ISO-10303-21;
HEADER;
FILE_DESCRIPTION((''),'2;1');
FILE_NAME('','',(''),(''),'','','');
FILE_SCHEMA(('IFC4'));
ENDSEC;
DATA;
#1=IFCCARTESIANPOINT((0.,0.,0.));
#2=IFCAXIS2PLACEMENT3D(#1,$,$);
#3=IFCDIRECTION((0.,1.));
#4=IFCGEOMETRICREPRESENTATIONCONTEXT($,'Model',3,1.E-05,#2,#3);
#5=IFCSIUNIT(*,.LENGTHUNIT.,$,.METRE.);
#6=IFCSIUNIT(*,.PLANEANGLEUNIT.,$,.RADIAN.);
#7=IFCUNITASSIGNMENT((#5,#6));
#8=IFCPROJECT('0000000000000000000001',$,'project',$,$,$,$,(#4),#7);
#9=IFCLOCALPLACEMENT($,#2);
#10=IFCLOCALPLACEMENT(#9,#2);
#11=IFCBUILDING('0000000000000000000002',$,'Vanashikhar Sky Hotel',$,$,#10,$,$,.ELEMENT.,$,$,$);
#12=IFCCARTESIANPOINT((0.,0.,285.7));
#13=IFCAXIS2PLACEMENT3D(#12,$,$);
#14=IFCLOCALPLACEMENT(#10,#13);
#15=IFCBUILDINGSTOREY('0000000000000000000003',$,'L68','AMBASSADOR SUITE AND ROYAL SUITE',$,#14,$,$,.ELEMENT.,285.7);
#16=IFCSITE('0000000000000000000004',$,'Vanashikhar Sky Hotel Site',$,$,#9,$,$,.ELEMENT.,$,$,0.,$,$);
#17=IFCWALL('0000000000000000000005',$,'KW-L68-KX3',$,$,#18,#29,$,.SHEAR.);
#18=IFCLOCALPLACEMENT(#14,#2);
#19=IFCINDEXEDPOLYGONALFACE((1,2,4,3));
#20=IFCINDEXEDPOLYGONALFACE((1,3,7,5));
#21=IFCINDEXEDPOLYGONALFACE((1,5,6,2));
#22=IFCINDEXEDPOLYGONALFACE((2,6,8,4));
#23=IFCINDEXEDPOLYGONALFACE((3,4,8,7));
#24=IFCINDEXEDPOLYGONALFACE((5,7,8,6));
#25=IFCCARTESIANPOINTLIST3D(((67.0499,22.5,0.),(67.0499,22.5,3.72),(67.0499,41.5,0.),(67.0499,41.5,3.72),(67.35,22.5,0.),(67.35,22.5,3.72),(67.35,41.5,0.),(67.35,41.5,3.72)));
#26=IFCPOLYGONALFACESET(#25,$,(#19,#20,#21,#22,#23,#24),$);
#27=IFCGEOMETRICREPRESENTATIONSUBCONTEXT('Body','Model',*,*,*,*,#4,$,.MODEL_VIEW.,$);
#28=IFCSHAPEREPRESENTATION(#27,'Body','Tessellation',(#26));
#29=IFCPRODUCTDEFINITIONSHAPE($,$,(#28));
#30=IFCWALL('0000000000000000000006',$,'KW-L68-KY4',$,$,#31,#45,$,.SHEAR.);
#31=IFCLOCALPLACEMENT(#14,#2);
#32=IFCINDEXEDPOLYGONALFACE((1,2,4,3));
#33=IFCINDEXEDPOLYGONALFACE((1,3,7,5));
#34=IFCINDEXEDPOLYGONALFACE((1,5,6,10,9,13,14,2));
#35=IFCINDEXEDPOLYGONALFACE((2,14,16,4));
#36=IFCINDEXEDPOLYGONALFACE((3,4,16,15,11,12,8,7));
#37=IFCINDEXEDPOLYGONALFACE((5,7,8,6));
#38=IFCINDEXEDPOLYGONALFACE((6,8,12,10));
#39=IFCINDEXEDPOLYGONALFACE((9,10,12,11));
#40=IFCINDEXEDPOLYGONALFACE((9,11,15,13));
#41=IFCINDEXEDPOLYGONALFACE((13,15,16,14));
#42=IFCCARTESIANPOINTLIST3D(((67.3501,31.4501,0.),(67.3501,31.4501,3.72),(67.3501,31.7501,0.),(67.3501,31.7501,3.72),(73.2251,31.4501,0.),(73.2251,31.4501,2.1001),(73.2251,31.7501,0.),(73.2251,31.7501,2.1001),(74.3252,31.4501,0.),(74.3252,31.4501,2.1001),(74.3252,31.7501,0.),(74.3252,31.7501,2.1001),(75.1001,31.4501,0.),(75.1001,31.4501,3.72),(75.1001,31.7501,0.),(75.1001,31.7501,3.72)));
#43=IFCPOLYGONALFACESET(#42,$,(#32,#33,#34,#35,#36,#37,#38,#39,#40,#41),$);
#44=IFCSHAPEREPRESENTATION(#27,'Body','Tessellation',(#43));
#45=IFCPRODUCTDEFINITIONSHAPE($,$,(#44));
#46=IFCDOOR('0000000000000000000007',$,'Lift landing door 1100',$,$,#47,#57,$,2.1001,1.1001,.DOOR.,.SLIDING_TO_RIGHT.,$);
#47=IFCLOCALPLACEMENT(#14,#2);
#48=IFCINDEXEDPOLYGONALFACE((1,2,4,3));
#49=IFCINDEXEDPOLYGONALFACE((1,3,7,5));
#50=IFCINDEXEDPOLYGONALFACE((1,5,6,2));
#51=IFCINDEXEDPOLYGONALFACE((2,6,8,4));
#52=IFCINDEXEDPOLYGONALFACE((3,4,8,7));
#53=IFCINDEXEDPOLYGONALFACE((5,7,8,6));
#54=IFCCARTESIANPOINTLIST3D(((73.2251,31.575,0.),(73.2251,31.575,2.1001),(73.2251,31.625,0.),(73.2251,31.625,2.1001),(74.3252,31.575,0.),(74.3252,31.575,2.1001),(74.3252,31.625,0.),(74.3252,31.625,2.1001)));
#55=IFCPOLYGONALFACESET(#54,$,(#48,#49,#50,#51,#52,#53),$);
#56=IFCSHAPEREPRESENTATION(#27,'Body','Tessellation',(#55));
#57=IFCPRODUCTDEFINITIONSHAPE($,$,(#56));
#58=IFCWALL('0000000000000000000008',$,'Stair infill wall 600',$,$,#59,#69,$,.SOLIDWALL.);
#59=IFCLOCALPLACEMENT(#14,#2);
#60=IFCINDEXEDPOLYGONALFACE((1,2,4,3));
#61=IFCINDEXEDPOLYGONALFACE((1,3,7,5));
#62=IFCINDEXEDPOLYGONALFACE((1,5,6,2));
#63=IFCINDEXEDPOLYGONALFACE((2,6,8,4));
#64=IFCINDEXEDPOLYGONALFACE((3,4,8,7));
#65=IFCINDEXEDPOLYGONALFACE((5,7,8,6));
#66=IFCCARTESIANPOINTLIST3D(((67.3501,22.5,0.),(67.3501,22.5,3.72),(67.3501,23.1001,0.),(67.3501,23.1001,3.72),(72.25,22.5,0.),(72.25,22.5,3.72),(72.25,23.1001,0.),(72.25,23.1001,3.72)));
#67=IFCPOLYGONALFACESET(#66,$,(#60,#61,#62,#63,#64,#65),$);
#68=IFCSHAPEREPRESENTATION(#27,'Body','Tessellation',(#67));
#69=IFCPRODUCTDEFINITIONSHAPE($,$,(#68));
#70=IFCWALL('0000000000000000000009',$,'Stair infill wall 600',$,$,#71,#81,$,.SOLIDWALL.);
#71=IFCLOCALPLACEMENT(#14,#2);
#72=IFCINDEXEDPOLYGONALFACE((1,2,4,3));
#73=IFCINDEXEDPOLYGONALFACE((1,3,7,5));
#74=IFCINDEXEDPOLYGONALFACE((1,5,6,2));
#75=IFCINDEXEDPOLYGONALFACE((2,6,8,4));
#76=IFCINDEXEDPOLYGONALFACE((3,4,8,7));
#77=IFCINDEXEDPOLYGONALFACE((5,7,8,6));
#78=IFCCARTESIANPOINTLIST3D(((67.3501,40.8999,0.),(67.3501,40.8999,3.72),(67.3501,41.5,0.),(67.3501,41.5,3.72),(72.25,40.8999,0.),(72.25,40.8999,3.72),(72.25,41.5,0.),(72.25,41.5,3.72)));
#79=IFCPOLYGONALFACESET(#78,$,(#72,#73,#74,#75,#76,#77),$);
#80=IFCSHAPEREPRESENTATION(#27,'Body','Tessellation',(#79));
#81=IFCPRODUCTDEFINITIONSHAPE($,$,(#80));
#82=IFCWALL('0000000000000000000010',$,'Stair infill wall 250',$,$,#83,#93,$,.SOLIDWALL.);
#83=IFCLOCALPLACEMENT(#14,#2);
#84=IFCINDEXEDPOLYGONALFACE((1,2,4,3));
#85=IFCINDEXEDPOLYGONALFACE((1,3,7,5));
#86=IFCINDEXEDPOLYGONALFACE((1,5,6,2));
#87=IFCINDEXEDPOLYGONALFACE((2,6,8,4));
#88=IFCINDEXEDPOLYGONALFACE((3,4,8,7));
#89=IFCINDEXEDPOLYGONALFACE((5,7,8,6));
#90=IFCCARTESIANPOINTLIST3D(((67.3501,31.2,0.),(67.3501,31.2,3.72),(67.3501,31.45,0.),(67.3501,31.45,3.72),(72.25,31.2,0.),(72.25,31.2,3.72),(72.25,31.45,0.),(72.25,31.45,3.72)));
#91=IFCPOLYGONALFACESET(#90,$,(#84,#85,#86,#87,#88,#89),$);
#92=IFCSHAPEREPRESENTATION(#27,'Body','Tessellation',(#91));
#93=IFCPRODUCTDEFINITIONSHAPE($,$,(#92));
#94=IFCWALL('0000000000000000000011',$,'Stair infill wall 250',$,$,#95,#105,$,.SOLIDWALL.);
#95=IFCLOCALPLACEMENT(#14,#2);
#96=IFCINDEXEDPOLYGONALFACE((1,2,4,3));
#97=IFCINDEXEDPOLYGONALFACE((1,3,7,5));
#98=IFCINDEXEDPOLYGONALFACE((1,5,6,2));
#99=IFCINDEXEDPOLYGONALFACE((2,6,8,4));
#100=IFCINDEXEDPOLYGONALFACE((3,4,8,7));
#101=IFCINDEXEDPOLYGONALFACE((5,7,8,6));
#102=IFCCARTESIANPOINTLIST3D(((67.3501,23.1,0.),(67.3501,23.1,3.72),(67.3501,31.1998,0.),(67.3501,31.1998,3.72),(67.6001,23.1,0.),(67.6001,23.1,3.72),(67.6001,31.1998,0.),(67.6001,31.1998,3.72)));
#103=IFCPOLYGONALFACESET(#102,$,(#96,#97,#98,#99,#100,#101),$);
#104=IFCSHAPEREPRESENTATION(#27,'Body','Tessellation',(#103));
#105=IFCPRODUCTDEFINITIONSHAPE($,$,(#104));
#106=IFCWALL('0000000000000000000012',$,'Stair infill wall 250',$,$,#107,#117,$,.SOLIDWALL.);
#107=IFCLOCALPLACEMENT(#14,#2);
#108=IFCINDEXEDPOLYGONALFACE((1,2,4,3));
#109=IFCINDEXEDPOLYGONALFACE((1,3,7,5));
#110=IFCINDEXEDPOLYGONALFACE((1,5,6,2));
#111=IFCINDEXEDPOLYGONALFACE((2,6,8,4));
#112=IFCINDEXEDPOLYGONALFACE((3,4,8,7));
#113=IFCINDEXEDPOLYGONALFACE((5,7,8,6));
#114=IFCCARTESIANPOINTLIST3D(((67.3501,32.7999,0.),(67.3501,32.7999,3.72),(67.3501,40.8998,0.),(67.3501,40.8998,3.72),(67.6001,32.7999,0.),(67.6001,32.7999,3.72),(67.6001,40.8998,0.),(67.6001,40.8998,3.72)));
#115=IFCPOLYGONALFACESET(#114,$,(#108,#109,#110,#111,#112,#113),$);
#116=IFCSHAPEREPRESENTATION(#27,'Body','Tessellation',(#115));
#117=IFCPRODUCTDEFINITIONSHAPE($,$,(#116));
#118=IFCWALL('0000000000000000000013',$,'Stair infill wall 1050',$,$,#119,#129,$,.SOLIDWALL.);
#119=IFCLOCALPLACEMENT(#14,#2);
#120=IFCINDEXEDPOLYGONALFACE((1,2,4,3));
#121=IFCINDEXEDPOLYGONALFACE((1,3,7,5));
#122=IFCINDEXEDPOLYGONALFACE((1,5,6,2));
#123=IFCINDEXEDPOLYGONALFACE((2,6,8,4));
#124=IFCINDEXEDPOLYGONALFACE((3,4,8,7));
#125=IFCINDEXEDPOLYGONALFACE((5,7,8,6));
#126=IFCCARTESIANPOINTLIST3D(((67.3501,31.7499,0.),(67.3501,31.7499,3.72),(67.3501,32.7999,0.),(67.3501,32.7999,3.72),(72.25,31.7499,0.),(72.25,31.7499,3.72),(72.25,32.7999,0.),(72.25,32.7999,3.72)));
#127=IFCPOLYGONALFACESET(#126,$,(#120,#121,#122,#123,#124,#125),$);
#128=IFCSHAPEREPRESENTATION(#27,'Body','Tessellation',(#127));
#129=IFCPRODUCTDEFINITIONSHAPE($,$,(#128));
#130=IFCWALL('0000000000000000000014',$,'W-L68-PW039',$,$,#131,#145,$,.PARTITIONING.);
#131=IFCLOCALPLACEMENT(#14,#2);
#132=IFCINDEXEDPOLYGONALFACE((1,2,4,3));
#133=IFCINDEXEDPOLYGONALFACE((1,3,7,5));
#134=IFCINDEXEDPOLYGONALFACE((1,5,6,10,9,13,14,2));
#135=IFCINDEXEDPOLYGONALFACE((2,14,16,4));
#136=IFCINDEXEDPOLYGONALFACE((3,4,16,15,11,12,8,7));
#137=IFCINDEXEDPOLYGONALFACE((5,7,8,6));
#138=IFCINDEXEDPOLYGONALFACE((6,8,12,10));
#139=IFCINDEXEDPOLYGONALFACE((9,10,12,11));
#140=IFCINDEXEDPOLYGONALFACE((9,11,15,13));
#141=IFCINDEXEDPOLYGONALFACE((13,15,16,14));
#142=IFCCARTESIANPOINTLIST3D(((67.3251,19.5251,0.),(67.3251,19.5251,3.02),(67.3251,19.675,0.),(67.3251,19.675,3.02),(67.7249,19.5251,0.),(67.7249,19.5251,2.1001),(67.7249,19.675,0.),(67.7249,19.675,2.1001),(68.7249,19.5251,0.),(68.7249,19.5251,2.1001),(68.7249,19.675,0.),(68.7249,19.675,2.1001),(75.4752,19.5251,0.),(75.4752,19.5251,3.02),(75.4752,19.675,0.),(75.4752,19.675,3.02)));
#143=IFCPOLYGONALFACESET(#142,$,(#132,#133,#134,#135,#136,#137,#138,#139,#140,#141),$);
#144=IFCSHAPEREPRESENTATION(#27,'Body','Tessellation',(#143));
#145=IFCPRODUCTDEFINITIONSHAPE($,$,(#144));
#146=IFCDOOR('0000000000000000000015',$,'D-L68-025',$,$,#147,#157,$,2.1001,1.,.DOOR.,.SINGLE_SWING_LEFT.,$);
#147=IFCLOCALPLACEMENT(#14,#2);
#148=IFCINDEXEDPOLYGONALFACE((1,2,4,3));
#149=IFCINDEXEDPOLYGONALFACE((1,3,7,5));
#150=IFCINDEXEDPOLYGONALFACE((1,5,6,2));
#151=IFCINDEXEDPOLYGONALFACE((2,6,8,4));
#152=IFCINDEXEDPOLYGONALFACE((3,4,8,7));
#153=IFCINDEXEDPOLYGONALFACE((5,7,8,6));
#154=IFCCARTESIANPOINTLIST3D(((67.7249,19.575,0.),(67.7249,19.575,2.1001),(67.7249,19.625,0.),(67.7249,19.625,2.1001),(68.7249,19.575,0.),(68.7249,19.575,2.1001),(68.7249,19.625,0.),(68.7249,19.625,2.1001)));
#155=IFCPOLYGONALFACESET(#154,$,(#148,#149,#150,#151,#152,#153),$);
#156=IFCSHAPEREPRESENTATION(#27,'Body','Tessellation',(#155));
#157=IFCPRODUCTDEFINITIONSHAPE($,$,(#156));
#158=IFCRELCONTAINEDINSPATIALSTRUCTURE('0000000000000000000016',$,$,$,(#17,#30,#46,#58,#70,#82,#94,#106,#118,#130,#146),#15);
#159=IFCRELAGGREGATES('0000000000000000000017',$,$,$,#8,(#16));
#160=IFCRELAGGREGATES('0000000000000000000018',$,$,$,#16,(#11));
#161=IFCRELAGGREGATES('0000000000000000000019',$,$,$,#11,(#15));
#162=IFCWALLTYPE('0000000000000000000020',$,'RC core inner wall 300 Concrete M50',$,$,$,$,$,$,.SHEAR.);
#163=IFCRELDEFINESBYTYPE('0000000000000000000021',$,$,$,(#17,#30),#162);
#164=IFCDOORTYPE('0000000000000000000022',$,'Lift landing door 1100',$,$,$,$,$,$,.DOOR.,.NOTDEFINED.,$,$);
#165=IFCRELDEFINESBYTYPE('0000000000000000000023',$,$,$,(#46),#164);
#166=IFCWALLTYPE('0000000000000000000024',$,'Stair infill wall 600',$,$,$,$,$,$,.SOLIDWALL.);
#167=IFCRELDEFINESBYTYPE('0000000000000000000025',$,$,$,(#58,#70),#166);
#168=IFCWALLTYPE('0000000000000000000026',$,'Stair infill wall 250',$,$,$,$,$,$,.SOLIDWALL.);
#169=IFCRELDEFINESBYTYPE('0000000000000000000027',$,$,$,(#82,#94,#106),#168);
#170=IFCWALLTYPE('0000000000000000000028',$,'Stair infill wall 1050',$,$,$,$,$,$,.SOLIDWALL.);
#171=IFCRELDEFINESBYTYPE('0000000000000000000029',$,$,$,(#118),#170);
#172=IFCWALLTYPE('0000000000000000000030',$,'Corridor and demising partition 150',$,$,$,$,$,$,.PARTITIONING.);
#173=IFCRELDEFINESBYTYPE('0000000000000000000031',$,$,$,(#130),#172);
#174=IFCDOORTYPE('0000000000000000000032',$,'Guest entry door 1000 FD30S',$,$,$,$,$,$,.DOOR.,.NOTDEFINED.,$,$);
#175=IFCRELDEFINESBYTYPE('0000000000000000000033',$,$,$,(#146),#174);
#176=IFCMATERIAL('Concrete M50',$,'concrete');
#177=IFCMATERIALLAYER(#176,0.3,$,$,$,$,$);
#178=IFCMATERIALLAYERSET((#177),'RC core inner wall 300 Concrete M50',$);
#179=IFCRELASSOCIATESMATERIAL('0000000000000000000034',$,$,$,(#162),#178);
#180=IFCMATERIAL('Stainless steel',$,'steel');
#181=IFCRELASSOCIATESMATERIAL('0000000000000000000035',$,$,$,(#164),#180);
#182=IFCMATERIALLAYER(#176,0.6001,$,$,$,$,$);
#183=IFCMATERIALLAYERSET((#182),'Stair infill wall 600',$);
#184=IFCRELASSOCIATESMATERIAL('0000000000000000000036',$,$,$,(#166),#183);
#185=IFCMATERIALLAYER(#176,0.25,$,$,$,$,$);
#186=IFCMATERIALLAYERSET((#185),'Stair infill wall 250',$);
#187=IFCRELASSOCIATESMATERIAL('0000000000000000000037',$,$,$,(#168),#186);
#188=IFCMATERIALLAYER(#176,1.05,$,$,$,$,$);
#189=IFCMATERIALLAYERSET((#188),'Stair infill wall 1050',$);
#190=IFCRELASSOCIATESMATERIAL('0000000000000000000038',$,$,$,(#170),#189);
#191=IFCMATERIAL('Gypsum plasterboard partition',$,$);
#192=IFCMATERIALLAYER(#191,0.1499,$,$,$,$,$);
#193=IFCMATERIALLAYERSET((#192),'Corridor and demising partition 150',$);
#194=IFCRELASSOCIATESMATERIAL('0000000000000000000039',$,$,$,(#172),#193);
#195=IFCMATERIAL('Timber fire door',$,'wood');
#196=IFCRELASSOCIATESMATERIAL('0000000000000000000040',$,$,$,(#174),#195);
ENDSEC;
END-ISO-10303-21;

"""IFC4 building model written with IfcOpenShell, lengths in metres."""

from ifc_helpers import new_model, si_unit, direction, frame, frame_2d, origin, place, context, subcontext, project, spatial, rectangle, extrude, source, transform, mapped, material, layer, layer_set, type_object, element, fill, save


model = new_model("IFC4")

# Units and contexts
model_context = context("Model", 3, precision=1e-05, world=origin(), true_north=direction((0.0, 1.0)))
body_context = subcontext(model_context, "Body", "Model", "MODEL_VIEW")
ifc_project = project(units=[si_unit("LENGTHUNIT", "METRE"), si_unit("PLANEANGLEUNIT", "RADIAN")], contexts=[model_context])

# Site, building, storey
site_placement = place(None, origin())
site = spatial("IfcSite", under=ifc_project, at=site_placement, Name="Vanashikhar Sky Hotel Site", CompositionType="ELEMENT", RefElevation=0.0)
building_placement = place(site_placement, origin())
building = spatial("IfcBuilding", under=site, at=building_placement, Name="Vanashikhar Sky Hotel", CompositionType="ELEMENT")
storey_placement = place(building_placement, frame((0.0, 0.0, 285.7)))
storey = spatial("IfcBuildingStorey", under=building, at=storey_placement, Name="L68", Description="AMBASSADOR SUITE AND ROYAL SUITE", CompositionType="ELEMENT", Elevation=285.7)

# Wall
ifc_material_1 = material(Name="Concrete M50", Category="concrete")
ifc_layer_1 = layer(ifc_material_1, 0.3)
ifc_layer_set_1 = layer_set([ifc_layer_1], Name="RC core inner wall 300 Concrete M50")
wall_type_1 = type_object("IfcWallType", Name="RC core inner wall 300 Concrete M50", PredefinedType="SHEAR", material=ifc_layer_set_1)
shared_shape_1 = source(origin(), body_context, "Body", "SweptSolid", [
    extrude(rectangle(XDim=19.0, YDim=0.3, at=frame_2d((9.5, 0.0))), origin(), (0.0, 0.0, 1.0), 3.72),
])
wall_1_placement = place(storey_placement, frame((67.2, 22.5, 0.0), z_axis=(0.0, 0.0, 1.0), x_axis=(0.0, 1.0, 0.0)))
element("IfcWall", 1, at=wall_1_placement, inside=storey, type_object=wall_type_1, Name="KW-L68-KX3", PredefinedType="SHEAR", context=body_context, shape_type="MappedRepresentation", body=[
    mapped(shared_shape_1, transform((0.0, 0.0, 0.0), scale=1.0)),
])

# Wall, opening, door
shared_shape_2 = source(origin(), body_context, "Body", "SweptSolid", [
    extrude(rectangle(XDim=7.75, YDim=0.3, at=frame_2d((3.875, 0.0))), origin(), (0.0, 0.0, 1.0), 3.72),
])
wall_2_placement = place(storey_placement, frame((67.3501, 31.6001, 0.0), z_axis=(0.0, 0.0, 1.0), x_axis=(1.0, 0.0, 0.0)))
wall_2 = element("IfcWall", 2, at=wall_2_placement, inside=storey, type_object=wall_type_1, Name="KW-L68-KY4", PredefinedType="SHEAR", context=body_context, shape_type="MappedRepresentation", body=[
    mapped(shared_shape_2, transform((0.0, 0.0, 0.0), scale=1.0)),
])
shared_shape_3 = source(origin(), body_context, "Body", "SweptSolid", [
    extrude(rectangle(XDim=1.1001, YDim=2.1001, at=frame_2d((0.55, 1.05))), frame((0.0, 0.1602, 0.0), z_axis=(0.0, -1.0, 0.0), x_axis=(1.0, 0.0, 0.0)), (0.0, 0.0, 1.0), 0.3201),
])
opening_1_placement = place(wall_2_placement, frame((5.875, 0.0, 0.0)))
opening_1 = element("IfcOpeningElement", 3, at=opening_1_placement, cuts=wall_2, PredefinedType="OPENING", context=body_context, shape_type="MappedRepresentation", body=[
    mapped(shared_shape_3, transform((0.0, 0.0, 0.0), scale=1.0)),
])
ifc_material_2 = material(Name="Stainless steel", Category="steel")
door_type_1 = type_object("IfcDoorType", Name="Lift landing door 1100", OperationType="NOTDEFINED", PredefinedType="DOOR", material=ifc_material_2)
shared_shape_4 = source(origin(), body_context, "Body", "SweptSolid", [
    extrude(rectangle(XDim=1.1001, YDim=2.1001, at=frame_2d((0.55, 1.05))), frame((0.0, 0.0249, 0.0), z_axis=(0.0, -1.0, 0.0), x_axis=(1.0, 0.0, 0.0)), (0.0, 0.0, 1.0), 0.05),
])
door_1_placement = place(opening_1_placement, origin())
door_1 = element("IfcDoor", 4, at=door_1_placement, inside=storey, type_object=door_type_1, Name="Lift landing door 1100", OperationType="SLIDING_TO_RIGHT", OverallHeight=2.1001, OverallWidth=1.1001, PredefinedType="DOOR", context=body_context, shape_type="MappedRepresentation", body=[
    mapped(shared_shape_4, transform((0.0, 0.0, 0.0), scale=1.0)),
])
fill(opening_1, door_1)

# Walls
ifc_layer_2 = layer(ifc_material_1, 0.6001)
ifc_layer_set_2 = layer_set([ifc_layer_2], Name="Stair infill wall 600")
wall_type_2 = type_object("IfcWallType", Name="Stair infill wall 600", PredefinedType="SOLIDWALL", material=ifc_layer_set_2)
shared_shape_5 = source(origin(), body_context, "Body", "SweptSolid", [
    extrude(rectangle(XDim=4.8999, YDim=0.6001, at=frame_2d((2.45, 0.0))), origin(), (0.0, 0.0, 1.0), 3.72),
])
for number, where, z_axis, x_axis, name in (
    (5, (67.3501, 22.8, 0.0), (0.0, 0.0, 1.0), (1.0, 0.0, 0.0), "Stair infill wall 600"),
    (6, (67.3501, 41.2, 0.0), (0.0, 0.0, 1.0), (1.0, 0.0, 0.0), "Stair infill wall 600"),
):
    element("IfcWall", number, at=place(storey_placement, frame(where, z_axis=z_axis, x_axis=x_axis)), inside=storey, type_object=wall_type_2, Name=name, PredefinedType="SOLIDWALL", context=body_context, shape_type="MappedRepresentation", body=[
        mapped(shared_shape_5, transform((0.0, 0.0, 0.0), scale=1.0)),
    ])
ifc_layer_3 = layer(ifc_material_1, 0.25)
ifc_layer_set_3 = layer_set([ifc_layer_3], Name="Stair infill wall 250")
wall_type_3 = type_object("IfcWallType", Name="Stair infill wall 250", PredefinedType="SOLIDWALL", material=ifc_layer_set_3)
shared_shape_6 = source(origin(), body_context, "Body", "SweptSolid", [
    extrude(rectangle(XDim=4.8999, YDim=0.25, at=frame_2d((2.45, 0.0))), origin(), (0.0, 0.0, 1.0), 3.72),
])
wall_3_placement = place(storey_placement, frame((67.3501, 31.325, 0.0), z_axis=(0.0, 0.0, 1.0), x_axis=(1.0, 0.0, 0.0)))
element("IfcWall", 7, at=wall_3_placement, inside=storey, type_object=wall_type_3, Name="Stair infill wall 250", PredefinedType="SOLIDWALL", context=body_context, shape_type="MappedRepresentation", body=[
    mapped(shared_shape_6, transform((0.0, 0.0, 0.0), scale=1.0)),
])
shared_shape_7 = source(origin(), body_context, "Body", "SweptSolid", [
    extrude(rectangle(XDim=8.0999, YDim=0.25, at=frame_2d((4.0498, 0.0))), origin(), (0.0, 0.0, 1.0), 3.72),
])
for number, where, z_axis, x_axis, name in (
    (8, (67.4751, 23.1001, 0.0), (0.0, 0.0, 1.0), (0.0, 1.0, 0.0), "Stair infill wall 250"),
    (9, (67.4751, 32.8, 0.0), (0.0, 0.0, 1.0), (0.0, 1.0, 0.0), "Stair infill wall 250"),
):
    element("IfcWall", number, at=place(storey_placement, frame(where, z_axis=z_axis, x_axis=x_axis)), inside=storey, type_object=wall_type_3, Name=name, PredefinedType="SOLIDWALL", context=body_context, shape_type="MappedRepresentation", body=[
        mapped(shared_shape_7, transform((0.0, 0.0, 0.0), scale=1.0)),
    ])
ifc_layer_4 = layer(ifc_material_1, 1.05)
ifc_layer_set_4 = layer_set([ifc_layer_4], Name="Stair infill wall 1050")
wall_type_4 = type_object("IfcWallType", Name="Stair infill wall 1050", PredefinedType="SOLIDWALL", material=ifc_layer_set_4)
shared_shape_8 = source(origin(), body_context, "Body", "SweptSolid", [
    extrude(rectangle(XDim=4.8999, YDim=1.05, at=frame_2d((2.45, 0.0))), origin(), (0.0, 0.0, 1.0), 3.72),
])
wall_4_placement = place(storey_placement, frame((67.3501, 32.2749, 0.0), z_axis=(0.0, 0.0, 1.0), x_axis=(1.0, 0.0, 0.0)))
element("IfcWall", 10, at=wall_4_placement, inside=storey, type_object=wall_type_4, Name="Stair infill wall 1050", PredefinedType="SOLIDWALL", context=body_context, shape_type="MappedRepresentation", body=[
    mapped(shared_shape_8, transform((0.0, 0.0, 0.0), scale=1.0)),
])

# Wall, opening, door
ifc_material_3 = material(Name="Gypsum plasterboard partition")
ifc_layer_5 = layer(ifc_material_3, 0.1499)
ifc_layer_set_5 = layer_set([ifc_layer_5], Name="Corridor and demising partition 150")
wall_type_5 = type_object("IfcWallType", Name="Corridor and demising partition 150", PredefinedType="PARTITIONING", material=ifc_layer_set_5)
shared_shape_9 = source(origin(), body_context, "Body", "SweptSolid", [
    extrude(rectangle(XDim=8.1501, YDim=0.1499, at=frame_2d((4.0752, 0.0))), origin(), (0.0, 0.0, 1.0), 3.02),
])
wall_5_placement = place(storey_placement, frame((67.325, 19.6001, 0.0), z_axis=(0.0, 0.0, 1.0), x_axis=(1.0, 0.0, 0.0)))
wall_5 = element("IfcWall", 11, at=wall_5_placement, inside=storey, type_object=wall_type_5, Name="W-L68-PW039", PredefinedType="PARTITIONING", context=body_context, shape_type="MappedRepresentation", body=[
    mapped(shared_shape_9, transform((0.0, 0.0, 0.0), scale=1.0)),
])
shared_shape_10 = source(origin(), body_context, "Body", "SweptSolid", [
    extrude(rectangle(XDim=1.0, YDim=2.1001, at=frame_2d((0.5, 1.05))), frame((0.0, 0.085, 0.0), z_axis=(0.0, -1.0, 0.0), x_axis=(1.0, 0.0, 0.0)), (0.0, 0.0, 1.0), 0.1699),
])
opening_2_placement = place(wall_5_placement, frame((0.3999, 0.0, 0.0)))
opening_2 = element("IfcOpeningElement", 12, at=opening_2_placement, cuts=wall_5, PredefinedType="OPENING", context=body_context, shape_type="MappedRepresentation", body=[
    mapped(shared_shape_10, transform((0.0, 0.0, 0.0), scale=1.0)),
])
ifc_material_4 = material(Name="Timber fire door", Category="wood")
door_type_2 = type_object("IfcDoorType", Name="Guest entry door 1000 FD30S", OperationType="NOTDEFINED", PredefinedType="DOOR", material=ifc_material_4)
shared_shape_11 = source(origin(), body_context, "Body", "SweptSolid", [
    extrude(rectangle(XDim=1.0, YDim=2.1001, at=frame_2d((0.5, 1.05))), frame((0.0, 0.0249, 0.0), z_axis=(0.0, -1.0, 0.0), x_axis=(1.0, 0.0, 0.0)), (0.0, 0.0, 1.0), 0.05),
])
door_2_placement = place(opening_2_placement, origin())
door_2 = element("IfcDoor", 13, at=door_2_placement, inside=storey, type_object=door_type_2, Name="D-L68-025", OperationType="SINGLE_SWING_LEFT", OverallHeight=2.1001, OverallWidth=1.0, PredefinedType="DOOR", context=body_context, shape_type="MappedRepresentation", body=[
    mapped(shared_shape_11, transform((0.0, 0.0, 0.0), scale=1.0)),
])
fill(opening_2, door_2)

save(model, "model.ifc")
